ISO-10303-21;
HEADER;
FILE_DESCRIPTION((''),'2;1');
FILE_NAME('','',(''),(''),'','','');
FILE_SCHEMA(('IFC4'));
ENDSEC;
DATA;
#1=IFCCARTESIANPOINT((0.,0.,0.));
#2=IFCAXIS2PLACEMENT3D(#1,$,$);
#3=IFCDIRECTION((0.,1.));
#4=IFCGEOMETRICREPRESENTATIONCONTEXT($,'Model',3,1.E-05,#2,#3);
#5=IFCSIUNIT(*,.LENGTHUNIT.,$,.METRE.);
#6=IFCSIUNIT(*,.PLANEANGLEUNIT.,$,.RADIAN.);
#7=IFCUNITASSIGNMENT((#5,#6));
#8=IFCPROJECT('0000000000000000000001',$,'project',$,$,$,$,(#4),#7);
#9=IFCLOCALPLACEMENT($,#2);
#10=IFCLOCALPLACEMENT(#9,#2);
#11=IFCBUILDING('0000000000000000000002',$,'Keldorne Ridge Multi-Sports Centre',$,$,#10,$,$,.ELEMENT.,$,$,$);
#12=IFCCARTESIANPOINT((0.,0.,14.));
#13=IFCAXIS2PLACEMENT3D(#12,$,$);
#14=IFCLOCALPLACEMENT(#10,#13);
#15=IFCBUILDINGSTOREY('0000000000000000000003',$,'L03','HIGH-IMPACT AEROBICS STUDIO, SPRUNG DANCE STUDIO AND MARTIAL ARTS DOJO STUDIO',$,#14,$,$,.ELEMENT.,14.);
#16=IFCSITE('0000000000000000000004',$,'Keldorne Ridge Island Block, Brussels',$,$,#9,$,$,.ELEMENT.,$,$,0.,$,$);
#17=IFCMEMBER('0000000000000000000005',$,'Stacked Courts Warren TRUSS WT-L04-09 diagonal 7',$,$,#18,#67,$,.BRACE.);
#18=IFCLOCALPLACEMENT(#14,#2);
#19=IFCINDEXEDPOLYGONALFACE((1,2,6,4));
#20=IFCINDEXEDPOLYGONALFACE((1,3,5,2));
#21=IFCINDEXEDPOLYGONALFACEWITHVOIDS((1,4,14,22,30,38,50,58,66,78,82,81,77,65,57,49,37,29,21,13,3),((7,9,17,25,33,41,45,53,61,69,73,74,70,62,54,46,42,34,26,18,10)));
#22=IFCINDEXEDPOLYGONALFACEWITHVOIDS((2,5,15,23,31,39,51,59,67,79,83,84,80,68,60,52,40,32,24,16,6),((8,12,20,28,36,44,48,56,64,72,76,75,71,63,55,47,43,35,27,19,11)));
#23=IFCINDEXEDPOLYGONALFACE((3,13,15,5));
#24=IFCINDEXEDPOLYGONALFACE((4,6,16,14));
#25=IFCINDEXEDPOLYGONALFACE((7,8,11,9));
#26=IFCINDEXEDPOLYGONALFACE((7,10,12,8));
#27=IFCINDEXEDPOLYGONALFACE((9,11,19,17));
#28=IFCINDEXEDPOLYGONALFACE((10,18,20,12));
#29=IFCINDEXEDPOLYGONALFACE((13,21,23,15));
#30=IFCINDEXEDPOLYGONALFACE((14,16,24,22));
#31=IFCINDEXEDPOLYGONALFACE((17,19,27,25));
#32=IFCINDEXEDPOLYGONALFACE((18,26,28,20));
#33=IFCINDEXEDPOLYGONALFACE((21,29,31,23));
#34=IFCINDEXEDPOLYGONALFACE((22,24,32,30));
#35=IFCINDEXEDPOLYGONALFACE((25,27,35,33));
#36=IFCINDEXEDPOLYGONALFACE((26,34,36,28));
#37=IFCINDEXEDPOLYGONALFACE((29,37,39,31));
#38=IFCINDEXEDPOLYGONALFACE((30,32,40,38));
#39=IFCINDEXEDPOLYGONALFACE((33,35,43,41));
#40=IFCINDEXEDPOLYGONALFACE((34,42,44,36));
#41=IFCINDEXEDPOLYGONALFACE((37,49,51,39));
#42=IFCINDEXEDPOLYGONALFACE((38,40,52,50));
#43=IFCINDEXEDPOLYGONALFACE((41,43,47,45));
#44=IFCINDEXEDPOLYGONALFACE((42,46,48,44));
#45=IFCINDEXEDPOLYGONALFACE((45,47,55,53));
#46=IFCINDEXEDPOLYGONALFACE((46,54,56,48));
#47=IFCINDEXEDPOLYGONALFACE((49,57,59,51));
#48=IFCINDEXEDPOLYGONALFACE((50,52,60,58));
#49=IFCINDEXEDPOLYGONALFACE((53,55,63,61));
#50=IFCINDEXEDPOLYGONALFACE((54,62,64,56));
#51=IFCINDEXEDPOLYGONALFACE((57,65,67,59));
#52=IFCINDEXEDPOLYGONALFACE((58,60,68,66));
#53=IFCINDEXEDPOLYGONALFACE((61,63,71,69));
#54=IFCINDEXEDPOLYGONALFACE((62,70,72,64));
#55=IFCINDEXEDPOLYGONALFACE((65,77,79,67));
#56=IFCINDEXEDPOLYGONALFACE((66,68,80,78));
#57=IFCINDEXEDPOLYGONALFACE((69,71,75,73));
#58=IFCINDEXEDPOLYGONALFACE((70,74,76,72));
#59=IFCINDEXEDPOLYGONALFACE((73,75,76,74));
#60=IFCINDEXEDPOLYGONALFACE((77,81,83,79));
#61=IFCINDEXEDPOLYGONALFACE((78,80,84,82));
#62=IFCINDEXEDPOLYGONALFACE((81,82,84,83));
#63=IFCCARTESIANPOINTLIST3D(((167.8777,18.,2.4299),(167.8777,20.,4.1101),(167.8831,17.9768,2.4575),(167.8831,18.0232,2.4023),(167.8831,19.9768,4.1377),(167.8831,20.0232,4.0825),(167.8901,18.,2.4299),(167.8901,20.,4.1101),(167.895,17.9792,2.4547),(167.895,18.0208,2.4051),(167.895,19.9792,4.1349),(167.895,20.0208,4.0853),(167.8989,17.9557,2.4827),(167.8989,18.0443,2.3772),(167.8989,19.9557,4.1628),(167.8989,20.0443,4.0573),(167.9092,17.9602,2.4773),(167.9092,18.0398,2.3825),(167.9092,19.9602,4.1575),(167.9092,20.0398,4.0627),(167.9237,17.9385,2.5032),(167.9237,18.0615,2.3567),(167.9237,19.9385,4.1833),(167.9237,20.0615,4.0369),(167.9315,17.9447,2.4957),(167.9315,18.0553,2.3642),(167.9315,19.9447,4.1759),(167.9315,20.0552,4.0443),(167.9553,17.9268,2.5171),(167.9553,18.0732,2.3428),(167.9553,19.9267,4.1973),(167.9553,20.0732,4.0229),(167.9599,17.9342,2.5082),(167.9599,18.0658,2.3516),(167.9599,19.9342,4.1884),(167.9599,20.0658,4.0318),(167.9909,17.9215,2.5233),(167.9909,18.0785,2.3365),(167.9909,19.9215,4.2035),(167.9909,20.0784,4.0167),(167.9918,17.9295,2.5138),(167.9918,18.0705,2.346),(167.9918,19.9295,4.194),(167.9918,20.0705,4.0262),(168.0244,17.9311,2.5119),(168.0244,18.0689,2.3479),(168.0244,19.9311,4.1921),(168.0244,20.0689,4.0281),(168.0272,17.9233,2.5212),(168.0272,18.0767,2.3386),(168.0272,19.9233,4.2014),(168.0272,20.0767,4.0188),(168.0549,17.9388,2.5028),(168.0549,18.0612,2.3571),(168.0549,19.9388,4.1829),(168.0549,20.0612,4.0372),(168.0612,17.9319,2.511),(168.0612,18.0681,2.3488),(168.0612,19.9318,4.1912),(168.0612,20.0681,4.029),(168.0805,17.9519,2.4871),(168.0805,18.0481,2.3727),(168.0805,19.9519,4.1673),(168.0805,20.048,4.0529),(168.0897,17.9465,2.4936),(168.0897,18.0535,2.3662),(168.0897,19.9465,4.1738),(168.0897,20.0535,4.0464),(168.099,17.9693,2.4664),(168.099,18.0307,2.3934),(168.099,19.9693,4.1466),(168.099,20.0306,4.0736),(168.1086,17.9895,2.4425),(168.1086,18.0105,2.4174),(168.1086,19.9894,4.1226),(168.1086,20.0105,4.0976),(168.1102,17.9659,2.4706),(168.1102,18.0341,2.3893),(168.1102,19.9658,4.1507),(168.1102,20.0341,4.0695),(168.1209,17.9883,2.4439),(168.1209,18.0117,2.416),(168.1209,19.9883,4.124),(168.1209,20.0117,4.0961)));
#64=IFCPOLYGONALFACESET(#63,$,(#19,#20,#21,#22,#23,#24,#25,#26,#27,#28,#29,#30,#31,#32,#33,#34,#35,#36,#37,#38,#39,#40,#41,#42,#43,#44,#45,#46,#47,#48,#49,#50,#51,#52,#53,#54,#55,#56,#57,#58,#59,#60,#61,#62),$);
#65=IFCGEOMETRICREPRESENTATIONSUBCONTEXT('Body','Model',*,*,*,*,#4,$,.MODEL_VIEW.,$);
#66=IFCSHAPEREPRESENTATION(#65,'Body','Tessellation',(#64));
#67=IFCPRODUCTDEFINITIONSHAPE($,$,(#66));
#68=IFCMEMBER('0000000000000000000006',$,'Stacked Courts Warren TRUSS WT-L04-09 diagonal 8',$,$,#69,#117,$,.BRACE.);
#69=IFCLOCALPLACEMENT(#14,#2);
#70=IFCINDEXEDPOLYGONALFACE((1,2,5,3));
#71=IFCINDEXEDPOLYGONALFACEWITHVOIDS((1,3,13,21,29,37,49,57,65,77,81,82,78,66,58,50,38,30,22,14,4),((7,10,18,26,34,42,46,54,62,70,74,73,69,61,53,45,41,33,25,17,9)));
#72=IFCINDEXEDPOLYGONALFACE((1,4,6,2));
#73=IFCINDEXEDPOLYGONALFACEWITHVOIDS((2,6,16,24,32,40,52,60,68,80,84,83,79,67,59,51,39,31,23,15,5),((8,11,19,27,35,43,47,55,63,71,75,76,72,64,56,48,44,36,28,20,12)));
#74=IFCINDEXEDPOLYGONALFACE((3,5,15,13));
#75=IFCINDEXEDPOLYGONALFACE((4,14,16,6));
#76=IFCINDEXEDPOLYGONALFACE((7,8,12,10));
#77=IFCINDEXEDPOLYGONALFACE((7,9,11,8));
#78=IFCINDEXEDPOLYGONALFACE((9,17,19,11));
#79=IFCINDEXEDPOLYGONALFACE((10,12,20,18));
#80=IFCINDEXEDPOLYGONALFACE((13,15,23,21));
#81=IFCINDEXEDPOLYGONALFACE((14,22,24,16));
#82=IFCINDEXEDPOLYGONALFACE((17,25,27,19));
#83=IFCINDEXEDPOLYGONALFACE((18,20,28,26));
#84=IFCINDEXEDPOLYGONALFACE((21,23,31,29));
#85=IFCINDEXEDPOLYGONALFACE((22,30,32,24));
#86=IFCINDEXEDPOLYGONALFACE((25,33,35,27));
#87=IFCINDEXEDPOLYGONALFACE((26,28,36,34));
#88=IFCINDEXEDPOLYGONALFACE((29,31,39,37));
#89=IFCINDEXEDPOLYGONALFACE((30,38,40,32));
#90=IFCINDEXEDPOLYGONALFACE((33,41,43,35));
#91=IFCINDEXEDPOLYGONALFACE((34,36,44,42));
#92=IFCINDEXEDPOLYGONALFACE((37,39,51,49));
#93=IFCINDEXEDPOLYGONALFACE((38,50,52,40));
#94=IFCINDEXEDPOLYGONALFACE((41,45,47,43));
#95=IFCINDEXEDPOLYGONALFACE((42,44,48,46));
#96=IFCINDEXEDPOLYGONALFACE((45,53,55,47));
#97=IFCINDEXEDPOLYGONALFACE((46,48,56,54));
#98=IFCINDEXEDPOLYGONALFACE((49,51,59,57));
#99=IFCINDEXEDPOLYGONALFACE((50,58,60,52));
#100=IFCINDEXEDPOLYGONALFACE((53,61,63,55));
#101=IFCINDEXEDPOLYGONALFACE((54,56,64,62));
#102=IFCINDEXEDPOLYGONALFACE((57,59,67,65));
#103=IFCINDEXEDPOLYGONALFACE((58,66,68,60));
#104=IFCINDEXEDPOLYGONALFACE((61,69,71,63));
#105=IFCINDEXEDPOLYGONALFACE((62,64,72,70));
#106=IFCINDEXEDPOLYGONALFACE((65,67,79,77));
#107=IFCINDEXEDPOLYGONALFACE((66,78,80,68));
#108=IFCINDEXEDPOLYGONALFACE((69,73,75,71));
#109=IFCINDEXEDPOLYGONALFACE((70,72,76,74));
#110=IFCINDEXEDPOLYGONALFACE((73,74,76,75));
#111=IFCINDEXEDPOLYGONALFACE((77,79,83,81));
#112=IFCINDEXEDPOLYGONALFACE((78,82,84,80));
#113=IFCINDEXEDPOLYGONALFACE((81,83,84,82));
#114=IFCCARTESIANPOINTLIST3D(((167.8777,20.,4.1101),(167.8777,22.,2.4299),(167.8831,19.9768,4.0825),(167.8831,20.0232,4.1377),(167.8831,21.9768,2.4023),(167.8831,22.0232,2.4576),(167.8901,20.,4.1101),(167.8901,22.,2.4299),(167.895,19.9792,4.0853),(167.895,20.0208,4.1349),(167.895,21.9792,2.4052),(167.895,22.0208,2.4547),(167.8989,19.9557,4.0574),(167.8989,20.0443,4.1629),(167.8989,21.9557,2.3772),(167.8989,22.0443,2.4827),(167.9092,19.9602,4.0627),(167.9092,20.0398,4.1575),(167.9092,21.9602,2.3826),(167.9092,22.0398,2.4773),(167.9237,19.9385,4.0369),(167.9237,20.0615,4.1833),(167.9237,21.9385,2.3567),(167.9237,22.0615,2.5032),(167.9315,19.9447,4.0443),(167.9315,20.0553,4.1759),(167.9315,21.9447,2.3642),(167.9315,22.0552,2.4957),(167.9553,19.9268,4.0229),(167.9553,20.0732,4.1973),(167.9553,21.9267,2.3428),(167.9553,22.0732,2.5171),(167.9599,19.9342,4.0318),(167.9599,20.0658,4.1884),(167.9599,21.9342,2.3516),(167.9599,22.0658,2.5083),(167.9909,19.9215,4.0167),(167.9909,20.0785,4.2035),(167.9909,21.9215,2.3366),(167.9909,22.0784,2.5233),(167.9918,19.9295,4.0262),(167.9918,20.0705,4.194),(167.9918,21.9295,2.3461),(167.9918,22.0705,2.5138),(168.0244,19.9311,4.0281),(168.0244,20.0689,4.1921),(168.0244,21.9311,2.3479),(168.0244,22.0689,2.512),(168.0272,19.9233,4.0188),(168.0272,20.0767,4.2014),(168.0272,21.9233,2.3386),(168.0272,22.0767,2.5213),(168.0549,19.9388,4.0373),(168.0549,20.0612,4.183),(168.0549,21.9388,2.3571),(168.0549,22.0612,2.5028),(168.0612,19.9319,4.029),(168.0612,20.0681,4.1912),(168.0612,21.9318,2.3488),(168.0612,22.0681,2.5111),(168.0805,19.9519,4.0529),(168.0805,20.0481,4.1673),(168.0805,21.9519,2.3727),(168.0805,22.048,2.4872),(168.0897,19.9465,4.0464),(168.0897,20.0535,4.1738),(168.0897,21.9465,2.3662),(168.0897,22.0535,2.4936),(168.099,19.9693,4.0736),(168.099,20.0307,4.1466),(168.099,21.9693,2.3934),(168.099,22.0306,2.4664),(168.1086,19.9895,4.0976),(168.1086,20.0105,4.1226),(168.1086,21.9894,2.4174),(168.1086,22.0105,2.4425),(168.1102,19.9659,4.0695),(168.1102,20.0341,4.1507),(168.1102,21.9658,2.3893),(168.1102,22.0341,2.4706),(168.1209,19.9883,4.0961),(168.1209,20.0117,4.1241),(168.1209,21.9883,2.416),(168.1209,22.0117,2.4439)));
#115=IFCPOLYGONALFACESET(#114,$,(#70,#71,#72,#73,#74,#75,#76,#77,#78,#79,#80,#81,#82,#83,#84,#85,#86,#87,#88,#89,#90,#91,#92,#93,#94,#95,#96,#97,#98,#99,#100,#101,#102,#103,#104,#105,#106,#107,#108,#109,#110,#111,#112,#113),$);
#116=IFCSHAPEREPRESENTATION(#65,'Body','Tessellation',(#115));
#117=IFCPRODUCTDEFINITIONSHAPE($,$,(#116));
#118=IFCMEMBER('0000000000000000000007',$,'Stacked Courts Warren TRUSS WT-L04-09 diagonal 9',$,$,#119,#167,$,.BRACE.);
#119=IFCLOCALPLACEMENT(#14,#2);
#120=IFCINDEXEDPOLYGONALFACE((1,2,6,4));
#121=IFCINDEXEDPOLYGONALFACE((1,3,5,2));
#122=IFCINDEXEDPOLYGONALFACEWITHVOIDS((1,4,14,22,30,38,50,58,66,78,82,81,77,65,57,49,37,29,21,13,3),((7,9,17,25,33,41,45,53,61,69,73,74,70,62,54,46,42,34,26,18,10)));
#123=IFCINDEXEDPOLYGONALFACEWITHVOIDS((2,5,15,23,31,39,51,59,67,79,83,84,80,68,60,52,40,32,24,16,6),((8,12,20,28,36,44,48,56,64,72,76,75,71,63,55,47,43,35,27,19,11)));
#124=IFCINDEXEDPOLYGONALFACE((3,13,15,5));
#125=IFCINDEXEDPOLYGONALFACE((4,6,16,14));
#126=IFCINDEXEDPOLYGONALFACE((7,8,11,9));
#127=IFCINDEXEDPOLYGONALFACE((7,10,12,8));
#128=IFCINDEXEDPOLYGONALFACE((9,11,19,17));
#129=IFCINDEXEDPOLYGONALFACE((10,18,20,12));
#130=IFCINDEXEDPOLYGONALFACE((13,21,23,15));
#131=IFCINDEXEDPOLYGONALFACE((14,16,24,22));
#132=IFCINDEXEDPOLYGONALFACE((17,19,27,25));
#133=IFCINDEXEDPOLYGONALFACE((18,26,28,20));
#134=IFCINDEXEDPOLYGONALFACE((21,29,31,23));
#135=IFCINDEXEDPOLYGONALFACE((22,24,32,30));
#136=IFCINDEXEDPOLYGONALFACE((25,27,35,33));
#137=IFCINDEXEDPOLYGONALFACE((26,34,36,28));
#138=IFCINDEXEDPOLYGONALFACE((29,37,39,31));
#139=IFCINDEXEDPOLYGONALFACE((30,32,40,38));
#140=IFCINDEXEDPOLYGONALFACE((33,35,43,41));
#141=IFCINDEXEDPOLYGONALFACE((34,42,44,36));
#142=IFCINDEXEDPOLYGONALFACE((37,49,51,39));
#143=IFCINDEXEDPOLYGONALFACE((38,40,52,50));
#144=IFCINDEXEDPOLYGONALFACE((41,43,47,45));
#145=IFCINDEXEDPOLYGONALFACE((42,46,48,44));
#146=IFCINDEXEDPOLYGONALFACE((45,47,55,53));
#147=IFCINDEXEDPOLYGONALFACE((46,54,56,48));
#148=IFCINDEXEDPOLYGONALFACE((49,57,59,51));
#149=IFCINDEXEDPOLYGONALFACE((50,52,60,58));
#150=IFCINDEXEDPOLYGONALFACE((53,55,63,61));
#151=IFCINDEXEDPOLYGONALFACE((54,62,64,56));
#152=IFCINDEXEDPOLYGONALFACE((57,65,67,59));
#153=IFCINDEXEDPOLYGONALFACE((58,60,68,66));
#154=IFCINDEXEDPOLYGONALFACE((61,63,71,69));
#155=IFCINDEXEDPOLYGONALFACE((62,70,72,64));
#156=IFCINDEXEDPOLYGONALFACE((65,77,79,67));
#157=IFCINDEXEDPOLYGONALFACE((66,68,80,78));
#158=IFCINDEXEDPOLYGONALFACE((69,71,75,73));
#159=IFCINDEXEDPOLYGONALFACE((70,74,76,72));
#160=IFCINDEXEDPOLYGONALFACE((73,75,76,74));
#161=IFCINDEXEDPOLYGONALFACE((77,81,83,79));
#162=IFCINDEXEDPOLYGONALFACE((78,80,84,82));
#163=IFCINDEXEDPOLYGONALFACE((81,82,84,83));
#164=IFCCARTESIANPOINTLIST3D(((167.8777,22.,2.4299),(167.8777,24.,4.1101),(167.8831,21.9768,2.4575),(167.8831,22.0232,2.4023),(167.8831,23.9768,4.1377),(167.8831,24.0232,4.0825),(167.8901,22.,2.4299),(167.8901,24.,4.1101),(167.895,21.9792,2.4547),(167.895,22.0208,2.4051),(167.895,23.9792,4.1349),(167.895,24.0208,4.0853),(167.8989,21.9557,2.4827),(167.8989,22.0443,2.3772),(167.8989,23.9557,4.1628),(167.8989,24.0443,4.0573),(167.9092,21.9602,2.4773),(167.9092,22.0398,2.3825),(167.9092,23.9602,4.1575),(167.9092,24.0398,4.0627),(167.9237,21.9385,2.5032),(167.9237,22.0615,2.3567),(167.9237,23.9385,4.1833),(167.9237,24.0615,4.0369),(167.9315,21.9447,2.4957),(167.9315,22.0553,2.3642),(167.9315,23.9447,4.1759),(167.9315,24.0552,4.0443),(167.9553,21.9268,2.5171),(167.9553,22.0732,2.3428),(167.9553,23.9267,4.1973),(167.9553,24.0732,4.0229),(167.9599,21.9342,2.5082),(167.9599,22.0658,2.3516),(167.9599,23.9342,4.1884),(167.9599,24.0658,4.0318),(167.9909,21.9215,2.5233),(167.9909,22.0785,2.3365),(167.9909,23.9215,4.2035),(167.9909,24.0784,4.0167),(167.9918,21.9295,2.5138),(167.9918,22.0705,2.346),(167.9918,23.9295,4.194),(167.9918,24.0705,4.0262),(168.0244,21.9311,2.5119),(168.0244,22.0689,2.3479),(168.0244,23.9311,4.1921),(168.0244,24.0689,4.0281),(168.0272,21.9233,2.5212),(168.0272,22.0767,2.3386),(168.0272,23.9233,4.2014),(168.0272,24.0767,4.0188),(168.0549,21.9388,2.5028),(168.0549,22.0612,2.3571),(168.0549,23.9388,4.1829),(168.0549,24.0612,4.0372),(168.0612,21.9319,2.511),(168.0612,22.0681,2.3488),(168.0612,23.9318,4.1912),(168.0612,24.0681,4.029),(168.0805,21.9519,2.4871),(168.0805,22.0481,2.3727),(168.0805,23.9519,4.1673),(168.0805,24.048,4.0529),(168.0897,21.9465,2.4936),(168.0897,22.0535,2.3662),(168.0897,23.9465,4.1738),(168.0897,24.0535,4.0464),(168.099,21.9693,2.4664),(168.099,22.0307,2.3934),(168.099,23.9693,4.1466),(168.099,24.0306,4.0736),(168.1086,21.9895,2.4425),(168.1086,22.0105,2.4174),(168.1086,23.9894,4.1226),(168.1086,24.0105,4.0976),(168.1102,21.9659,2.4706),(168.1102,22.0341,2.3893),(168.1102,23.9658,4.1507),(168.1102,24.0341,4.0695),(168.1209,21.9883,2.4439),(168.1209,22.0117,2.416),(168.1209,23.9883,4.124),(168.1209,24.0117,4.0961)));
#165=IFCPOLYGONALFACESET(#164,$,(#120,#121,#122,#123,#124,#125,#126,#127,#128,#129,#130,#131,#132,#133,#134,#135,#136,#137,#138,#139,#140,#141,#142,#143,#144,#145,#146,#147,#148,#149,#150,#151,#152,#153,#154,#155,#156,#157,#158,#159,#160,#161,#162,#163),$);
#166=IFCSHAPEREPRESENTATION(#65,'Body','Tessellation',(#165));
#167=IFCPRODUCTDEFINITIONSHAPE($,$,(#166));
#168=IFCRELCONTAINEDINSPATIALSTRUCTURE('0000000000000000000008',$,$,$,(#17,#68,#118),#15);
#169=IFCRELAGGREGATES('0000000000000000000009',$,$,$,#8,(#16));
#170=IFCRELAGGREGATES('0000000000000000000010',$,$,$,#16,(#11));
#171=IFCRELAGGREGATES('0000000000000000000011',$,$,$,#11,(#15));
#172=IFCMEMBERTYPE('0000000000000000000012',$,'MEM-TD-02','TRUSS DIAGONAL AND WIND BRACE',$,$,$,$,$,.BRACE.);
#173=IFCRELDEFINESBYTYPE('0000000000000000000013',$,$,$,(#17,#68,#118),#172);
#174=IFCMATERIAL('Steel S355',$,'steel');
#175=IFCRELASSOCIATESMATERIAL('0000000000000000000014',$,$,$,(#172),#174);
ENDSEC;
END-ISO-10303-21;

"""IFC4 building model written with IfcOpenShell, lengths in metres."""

from ifc_helpers import new_model, si_unit, direction, frame, origin, origin_2d, place, context, subcontext, project, spatial, hollow_circle, extrude, material, material_profile, profile_set, type_object, element, save


model = new_model("IFC4")

# Units and contexts
model_context = context("Model", 3, precision=1e-05, world=origin(), true_north=direction((0.0, 1.0)))
body_context = subcontext(model_context, "Body", "Model", "MODEL_VIEW")
ifc_project = project(units=[si_unit("LENGTHUNIT", "METRE"), si_unit("PLANEANGLEUNIT", "RADIAN")], contexts=[model_context])

# Site, building, storey
site_placement = place(None, origin())
site = spatial("IfcSite", under=ifc_project, at=site_placement, Name="Keldorne Ridge Island Block, Brussels", CompositionType="ELEMENT", RefElevation=0.0)
building_placement = place(site_placement, origin())
building = spatial("IfcBuilding", under=site, at=building_placement, Name="Keldorne Ridge Multi-Sports Centre", CompositionType="ELEMENT")
storey_placement = place(building_placement, frame((0.0, 0.0, 14.0)))
storey = spatial("IfcBuildingStorey", under=building, at=storey_placement, Name="L03", Description="HIGH-IMPACT AEROBICS STUDIO, SPRUNG DANCE STUDIO AND MARTIAL ARTS DOJO STUDIO", CompositionType="ELEMENT", Elevation=14.0)

# Shared definitions
ifc_material_1 = material(Name="Steel S355", Category="steel")

# Members
ifc_material_profile_1 = material_profile(ifc_material_1, hollow_circle(Radius=0.1223, WallThickness=0.0125, at=origin_2d()), Name="CHS 244.5x12.5")
ifc_profile_set_1 = profile_set([ifc_material_profile_1], Name="Steel S355")
member_type_1 = type_object("IfcMemberType", Name="MEM-TD-02", Description="TRUSS DIAGONAL AND WIND BRACE", PredefinedType="BRACE", material=ifc_profile_set_1)
for number, where, z_axis, x_axis, name in (
    (1, (168.0, 18.0, 2.4299), (0.0, 0.765672, 0.643232), (-1.0, 0.0, 0.0), "Stacked Courts Warren TRUSS WT-L04-09 diagonal 7"),
    (2, (168.0, 20.0, 4.1101), (0.0, 0.765672, -0.643232), (-1.0, 0.0, 0.0), "Stacked Courts Warren TRUSS WT-L04-09 diagonal 8"),
    (3, (168.0, 22.0, 2.4299), (0.0, 0.765672, 0.643232), (-1.0, 0.0, 0.0), "Stacked Courts Warren TRUSS WT-L04-09 diagonal 9"),
):
    element("IfcMember", number, at=place(storey_placement, frame(where, z_axis=z_axis, x_axis=x_axis)), inside=storey, type_object=member_type_1, Name=name, PredefinedType="BRACE", context=body_context, shape_type="SweptSolid", body=[
        extrude(hollow_circle(Radius=0.1223, WallThickness=0.0125, at=origin_2d()), origin(), (0.0, 0.0, 1.0), 2.6121),
    ])

save(model, "model.ifc")
